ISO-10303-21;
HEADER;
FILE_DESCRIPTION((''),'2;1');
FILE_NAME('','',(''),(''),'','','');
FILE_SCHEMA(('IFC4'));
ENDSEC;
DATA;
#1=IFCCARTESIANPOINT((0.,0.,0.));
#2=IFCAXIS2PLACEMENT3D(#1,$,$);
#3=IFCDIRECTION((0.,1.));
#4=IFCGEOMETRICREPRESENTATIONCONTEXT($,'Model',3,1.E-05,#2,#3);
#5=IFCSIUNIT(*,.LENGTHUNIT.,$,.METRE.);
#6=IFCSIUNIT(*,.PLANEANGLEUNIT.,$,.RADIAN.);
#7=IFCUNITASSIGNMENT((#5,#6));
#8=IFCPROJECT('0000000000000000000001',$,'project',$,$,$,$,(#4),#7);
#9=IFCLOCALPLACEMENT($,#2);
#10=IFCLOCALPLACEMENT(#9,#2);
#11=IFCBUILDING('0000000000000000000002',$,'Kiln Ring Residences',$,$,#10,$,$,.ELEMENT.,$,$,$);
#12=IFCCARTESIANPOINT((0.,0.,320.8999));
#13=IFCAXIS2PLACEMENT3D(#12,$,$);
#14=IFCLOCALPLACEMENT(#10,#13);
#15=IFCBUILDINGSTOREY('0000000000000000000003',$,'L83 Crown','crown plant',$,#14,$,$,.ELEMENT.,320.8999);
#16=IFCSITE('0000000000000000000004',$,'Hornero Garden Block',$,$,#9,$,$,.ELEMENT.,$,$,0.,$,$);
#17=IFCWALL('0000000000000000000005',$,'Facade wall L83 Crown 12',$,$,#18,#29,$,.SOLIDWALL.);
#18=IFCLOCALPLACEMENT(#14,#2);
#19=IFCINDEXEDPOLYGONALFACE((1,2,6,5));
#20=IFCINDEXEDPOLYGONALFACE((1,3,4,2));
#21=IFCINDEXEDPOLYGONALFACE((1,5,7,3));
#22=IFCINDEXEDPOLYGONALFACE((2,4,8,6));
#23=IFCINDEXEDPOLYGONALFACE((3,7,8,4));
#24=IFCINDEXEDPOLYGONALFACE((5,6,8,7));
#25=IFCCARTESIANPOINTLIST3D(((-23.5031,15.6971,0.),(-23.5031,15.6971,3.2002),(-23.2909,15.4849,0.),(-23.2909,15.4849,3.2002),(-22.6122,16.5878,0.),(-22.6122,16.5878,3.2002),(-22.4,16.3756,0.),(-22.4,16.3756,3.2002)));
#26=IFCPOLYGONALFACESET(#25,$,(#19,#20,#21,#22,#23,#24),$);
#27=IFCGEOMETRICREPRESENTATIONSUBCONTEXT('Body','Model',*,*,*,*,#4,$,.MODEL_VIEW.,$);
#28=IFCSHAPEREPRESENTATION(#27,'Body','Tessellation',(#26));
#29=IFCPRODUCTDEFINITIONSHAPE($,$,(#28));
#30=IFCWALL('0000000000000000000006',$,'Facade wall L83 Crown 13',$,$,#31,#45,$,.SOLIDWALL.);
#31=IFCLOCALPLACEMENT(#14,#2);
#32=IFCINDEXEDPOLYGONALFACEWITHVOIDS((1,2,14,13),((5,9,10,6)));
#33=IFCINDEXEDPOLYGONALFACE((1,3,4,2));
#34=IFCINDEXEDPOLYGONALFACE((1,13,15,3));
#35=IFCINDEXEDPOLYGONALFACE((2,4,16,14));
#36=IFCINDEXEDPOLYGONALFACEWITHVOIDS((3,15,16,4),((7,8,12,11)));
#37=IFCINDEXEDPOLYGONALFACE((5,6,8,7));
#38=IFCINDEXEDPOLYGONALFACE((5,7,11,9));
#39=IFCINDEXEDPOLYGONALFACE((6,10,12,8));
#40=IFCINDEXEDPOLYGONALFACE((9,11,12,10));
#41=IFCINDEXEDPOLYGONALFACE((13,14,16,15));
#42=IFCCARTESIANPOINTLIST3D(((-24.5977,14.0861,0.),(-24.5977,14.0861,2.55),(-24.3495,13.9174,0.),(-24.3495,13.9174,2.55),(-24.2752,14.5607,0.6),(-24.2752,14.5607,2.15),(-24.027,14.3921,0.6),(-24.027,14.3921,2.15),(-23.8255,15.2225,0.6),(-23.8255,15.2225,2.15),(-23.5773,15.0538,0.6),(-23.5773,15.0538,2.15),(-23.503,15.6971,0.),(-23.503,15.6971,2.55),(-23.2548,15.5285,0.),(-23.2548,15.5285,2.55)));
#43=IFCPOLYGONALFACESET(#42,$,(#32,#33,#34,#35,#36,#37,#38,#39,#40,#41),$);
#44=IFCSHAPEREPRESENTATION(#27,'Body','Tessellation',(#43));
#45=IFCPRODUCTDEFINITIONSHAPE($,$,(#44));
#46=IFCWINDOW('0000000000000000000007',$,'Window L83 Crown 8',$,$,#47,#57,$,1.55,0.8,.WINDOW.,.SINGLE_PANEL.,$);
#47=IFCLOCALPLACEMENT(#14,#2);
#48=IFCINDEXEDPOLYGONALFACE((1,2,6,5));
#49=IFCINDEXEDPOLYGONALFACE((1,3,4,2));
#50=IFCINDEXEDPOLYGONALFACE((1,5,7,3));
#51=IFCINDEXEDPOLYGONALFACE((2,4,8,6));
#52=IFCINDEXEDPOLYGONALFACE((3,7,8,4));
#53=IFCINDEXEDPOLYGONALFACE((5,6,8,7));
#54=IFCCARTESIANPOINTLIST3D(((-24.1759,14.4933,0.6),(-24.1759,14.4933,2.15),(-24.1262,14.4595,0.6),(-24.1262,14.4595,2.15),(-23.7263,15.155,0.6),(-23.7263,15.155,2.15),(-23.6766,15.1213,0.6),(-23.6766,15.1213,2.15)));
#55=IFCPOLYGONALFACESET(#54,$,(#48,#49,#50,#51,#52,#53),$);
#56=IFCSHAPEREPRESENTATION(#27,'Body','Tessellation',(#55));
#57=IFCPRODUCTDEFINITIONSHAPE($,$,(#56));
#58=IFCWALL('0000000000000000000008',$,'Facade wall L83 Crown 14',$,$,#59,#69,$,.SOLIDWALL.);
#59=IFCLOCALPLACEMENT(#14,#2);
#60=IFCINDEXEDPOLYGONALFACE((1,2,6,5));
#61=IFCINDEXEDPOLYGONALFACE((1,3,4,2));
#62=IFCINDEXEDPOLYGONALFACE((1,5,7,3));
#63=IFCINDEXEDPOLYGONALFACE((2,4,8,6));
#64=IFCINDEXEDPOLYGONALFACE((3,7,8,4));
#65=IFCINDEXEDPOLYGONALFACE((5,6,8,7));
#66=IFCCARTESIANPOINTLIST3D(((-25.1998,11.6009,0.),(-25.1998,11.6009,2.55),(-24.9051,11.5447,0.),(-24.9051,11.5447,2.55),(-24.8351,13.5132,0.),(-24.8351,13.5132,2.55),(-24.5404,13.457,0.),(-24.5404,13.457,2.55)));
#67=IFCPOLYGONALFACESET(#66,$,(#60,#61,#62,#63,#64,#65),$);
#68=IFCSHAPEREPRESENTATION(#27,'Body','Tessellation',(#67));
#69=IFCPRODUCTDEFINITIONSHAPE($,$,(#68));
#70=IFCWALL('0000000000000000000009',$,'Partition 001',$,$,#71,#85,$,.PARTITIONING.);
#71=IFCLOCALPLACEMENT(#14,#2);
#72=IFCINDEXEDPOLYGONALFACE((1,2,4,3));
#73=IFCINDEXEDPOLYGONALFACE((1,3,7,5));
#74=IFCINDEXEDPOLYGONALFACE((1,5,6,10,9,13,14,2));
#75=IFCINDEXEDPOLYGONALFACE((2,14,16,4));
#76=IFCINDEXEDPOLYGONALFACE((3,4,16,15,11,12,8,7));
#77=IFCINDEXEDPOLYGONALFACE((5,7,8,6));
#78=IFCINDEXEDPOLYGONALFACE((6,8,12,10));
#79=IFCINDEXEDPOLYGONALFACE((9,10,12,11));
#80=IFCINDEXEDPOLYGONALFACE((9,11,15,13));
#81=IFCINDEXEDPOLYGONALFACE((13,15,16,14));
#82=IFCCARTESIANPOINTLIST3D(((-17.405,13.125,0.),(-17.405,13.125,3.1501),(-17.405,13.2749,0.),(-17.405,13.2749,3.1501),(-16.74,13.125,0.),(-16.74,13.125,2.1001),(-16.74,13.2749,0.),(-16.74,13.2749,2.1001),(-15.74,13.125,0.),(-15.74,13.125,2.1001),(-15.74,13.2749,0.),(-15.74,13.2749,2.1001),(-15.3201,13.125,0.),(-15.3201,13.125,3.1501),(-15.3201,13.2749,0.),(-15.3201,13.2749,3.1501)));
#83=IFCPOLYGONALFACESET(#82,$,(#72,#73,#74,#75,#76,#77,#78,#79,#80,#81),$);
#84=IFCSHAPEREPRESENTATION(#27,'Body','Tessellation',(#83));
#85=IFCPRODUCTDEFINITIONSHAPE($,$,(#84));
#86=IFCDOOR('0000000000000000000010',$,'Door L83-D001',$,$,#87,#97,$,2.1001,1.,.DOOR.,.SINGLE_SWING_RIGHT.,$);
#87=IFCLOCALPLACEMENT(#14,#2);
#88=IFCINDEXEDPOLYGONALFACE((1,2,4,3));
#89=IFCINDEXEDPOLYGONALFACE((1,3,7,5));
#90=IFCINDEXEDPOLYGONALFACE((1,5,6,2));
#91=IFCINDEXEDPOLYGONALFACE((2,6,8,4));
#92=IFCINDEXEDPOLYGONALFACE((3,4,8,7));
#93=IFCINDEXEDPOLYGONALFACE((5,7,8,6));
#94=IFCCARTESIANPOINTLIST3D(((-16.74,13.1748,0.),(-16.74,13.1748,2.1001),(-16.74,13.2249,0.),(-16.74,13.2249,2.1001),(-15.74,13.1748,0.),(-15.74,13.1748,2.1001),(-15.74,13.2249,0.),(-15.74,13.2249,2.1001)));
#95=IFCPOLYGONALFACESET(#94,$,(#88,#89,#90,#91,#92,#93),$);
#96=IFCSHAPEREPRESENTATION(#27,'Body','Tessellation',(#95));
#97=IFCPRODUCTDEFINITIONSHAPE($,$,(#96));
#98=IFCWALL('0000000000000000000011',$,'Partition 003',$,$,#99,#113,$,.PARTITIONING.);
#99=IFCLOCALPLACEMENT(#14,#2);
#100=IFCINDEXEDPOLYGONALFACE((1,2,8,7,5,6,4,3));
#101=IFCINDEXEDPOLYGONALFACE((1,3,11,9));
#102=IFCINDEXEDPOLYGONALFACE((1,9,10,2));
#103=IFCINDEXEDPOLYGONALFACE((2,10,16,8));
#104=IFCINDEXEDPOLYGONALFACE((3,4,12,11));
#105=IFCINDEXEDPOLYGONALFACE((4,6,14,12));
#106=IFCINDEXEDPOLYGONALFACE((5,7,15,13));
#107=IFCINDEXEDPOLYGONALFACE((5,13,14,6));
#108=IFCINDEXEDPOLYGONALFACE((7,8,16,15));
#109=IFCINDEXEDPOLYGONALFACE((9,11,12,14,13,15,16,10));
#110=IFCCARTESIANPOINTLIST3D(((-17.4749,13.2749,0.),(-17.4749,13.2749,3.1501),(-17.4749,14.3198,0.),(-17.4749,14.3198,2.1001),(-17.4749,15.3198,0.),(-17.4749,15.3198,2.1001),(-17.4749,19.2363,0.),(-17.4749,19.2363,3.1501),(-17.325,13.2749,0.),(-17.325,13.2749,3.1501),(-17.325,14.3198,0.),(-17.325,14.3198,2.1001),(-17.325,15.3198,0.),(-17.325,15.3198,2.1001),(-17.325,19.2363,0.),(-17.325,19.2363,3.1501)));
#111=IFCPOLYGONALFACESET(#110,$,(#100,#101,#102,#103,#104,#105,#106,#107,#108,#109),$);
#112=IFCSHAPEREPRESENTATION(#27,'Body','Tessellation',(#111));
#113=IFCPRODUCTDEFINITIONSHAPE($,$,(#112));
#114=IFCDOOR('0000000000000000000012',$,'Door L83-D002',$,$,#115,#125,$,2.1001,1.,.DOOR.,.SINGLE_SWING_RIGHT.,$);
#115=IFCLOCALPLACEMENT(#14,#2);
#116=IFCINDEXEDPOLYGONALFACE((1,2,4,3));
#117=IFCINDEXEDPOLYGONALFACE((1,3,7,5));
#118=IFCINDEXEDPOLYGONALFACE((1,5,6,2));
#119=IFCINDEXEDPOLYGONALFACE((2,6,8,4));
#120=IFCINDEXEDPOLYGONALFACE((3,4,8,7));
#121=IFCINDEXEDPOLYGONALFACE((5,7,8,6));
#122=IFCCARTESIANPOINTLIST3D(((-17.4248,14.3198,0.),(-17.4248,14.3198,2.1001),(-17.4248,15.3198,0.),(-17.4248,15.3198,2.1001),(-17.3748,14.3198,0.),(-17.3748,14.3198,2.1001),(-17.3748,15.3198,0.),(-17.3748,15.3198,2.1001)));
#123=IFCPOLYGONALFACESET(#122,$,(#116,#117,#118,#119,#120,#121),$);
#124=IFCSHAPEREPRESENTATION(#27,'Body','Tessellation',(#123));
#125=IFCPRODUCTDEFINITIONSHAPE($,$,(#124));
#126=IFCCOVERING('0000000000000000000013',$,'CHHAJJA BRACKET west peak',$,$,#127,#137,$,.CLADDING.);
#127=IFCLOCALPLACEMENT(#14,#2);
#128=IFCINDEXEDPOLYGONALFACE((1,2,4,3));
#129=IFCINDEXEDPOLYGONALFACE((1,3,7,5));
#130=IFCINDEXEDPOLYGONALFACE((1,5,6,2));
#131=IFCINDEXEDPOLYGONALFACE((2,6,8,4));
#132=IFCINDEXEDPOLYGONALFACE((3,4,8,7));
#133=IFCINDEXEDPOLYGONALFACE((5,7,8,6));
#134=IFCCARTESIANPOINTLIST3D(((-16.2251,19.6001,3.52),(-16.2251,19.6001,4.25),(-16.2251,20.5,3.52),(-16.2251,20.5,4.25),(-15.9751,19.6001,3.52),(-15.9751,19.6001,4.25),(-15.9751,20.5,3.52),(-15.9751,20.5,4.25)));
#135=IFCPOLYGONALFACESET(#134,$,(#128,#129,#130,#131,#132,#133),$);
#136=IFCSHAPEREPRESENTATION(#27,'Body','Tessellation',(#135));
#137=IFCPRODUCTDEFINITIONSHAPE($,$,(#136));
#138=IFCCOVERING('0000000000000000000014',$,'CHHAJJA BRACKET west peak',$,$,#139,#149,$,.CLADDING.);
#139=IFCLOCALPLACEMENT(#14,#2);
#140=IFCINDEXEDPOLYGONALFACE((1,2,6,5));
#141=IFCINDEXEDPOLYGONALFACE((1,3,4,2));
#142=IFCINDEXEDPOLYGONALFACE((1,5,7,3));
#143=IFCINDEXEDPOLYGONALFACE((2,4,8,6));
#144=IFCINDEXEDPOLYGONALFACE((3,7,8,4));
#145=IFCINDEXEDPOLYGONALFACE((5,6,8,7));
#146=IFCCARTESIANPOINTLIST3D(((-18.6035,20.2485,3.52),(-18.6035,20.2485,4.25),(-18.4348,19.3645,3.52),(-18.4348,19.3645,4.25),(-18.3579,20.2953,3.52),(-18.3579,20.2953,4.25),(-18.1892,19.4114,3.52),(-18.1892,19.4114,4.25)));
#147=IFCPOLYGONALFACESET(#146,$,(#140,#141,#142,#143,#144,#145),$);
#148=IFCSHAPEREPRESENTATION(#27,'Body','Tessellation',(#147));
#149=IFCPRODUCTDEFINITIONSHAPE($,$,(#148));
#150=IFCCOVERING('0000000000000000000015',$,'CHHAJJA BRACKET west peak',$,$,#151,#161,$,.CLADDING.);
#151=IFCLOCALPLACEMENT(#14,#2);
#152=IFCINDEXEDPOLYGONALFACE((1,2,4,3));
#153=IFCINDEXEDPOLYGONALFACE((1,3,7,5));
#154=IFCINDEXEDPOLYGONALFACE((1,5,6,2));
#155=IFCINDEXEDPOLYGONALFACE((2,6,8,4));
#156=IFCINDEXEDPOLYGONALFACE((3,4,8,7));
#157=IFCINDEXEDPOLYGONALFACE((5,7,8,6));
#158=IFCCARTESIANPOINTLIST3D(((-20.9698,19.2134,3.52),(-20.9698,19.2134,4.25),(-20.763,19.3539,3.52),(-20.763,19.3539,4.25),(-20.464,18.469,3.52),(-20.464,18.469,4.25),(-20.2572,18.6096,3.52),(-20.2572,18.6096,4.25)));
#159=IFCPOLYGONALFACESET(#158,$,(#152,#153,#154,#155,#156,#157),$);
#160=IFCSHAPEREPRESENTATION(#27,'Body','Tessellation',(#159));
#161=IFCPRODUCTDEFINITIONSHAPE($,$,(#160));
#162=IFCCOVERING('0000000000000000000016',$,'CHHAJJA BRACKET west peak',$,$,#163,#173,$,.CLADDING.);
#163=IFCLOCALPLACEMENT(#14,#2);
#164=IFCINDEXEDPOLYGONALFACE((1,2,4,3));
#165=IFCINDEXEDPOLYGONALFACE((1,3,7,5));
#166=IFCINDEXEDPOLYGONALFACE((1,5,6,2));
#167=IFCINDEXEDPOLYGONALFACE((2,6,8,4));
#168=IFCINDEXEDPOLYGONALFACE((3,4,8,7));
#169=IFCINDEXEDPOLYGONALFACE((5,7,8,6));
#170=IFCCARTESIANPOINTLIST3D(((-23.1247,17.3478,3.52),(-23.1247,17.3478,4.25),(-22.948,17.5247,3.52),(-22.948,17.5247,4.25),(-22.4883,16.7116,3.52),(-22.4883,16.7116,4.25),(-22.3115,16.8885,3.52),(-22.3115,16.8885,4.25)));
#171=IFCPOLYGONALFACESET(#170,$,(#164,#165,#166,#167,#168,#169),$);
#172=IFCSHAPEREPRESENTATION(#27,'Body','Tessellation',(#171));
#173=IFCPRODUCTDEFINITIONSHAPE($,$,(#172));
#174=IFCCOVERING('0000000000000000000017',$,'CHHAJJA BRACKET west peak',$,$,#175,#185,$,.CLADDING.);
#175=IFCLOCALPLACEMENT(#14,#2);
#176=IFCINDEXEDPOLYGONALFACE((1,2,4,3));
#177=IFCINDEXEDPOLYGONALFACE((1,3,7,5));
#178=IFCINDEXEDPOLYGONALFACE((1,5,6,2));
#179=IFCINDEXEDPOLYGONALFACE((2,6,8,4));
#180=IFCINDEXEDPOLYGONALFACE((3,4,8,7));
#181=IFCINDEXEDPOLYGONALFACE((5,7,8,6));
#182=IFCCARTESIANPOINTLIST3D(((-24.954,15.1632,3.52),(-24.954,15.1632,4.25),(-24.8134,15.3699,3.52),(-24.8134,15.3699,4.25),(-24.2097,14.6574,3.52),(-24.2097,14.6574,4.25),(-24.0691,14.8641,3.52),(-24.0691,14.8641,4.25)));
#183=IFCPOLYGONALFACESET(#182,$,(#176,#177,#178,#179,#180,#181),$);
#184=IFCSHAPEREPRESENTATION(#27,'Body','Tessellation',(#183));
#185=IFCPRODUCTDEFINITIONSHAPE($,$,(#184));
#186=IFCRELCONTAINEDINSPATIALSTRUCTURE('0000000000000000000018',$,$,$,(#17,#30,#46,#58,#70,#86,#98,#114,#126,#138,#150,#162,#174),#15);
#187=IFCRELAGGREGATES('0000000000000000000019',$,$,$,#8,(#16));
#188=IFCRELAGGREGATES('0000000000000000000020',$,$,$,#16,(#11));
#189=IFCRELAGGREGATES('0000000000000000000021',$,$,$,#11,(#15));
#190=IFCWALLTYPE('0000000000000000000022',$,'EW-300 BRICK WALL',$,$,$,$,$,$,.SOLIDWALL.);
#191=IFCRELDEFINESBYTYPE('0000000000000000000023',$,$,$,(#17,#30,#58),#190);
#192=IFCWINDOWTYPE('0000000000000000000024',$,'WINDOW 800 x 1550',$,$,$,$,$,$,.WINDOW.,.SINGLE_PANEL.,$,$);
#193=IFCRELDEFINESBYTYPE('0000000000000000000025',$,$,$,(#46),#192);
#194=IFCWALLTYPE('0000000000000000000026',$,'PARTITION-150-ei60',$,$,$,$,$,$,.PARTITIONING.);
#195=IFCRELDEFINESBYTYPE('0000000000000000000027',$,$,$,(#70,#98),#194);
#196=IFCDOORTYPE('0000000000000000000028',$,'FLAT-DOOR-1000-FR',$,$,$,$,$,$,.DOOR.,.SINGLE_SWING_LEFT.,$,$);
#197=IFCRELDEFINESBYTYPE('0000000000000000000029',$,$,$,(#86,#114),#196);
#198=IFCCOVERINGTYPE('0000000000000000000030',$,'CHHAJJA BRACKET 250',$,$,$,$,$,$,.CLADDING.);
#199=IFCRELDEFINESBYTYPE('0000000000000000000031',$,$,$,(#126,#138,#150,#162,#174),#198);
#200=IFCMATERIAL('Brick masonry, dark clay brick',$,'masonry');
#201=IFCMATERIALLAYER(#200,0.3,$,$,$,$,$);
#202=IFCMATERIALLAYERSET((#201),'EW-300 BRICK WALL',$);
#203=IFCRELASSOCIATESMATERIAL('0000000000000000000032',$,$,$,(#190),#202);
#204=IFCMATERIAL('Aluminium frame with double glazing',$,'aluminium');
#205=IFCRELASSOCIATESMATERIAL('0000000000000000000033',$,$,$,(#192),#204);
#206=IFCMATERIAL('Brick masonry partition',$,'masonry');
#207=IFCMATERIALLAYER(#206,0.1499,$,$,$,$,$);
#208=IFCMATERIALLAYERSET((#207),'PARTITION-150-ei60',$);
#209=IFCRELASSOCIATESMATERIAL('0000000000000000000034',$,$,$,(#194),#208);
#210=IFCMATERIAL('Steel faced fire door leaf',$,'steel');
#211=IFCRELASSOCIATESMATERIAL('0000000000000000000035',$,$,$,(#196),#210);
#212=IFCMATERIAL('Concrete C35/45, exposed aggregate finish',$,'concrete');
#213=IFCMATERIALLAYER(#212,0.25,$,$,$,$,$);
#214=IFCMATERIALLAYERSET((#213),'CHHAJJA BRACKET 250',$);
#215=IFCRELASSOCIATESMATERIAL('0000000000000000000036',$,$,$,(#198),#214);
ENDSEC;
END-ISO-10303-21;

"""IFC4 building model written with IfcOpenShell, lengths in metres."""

from ifc_helpers import new_model, si_unit, direction, frame, frame_2d, origin, place, context, subcontext, project, spatial, polyline, rectangle, outline, extrude, material, layer, layer_set, type_object, element, fill, save


model = new_model("IFC4")

# Units and contexts
model_context = context("Model", 3, precision=1e-05, world=origin(), true_north=direction((0.0, 1.0)))
body_context = subcontext(model_context, "Body", "Model", "MODEL_VIEW")
ifc_project = project(units=[si_unit("LENGTHUNIT", "METRE"), si_unit("PLANEANGLEUNIT", "RADIAN")], contexts=[model_context])

# Site, building, storey
site_placement = place(None, origin())
site = spatial("IfcSite", under=ifc_project, at=site_placement, Name="Hornero Garden Block", CompositionType="ELEMENT", RefElevation=0.0)
building_placement = place(site_placement, origin())
building = spatial("IfcBuilding", under=site, at=building_placement, Name="Kiln Ring Residences", CompositionType="ELEMENT")
storey_placement = place(building_placement, frame((0.0, 0.0, 320.8999)))
storey = spatial("IfcBuildingStorey", under=building, at=storey_placement, Name="L83 Crown", Description="crown plant", CompositionType="ELEMENT", Elevation=320.8999)

# Shared definitions
ifc_material_1 = material(Name="Brick masonry, dark clay brick", Category="masonry")
ifc_layer_1 = layer(ifc_material_1, 0.3)
ifc_layer_set_1 = layer_set([ifc_layer_1], Name="EW-300 BRICK WALL")
wall_type_1 = type_object("IfcWallType", Name="EW-300 BRICK WALL", PredefinedType="SOLIDWALL", material=ifc_layer_set_1)
ifc_material_2 = material(Name="Aluminium frame with double glazing", Category="aluminium")
window_type = type_object("IfcWindowType", Name="WINDOW 800 x 1550", PartitioningType="SINGLE_PANEL", PredefinedType="WINDOW", material=ifc_material_2)

# Wall
for number, where, z_axis, x_axis, name in (
    (1, (-22.5061, 16.4817, 0.0), (0.0, 0.0, 1.0), (-0.707204, -0.70701, 0.0), "Facade wall L83 Crown 12"),
):
    element("IfcWall", number, at=place(storey_placement, frame(where, z_axis=z_axis, x_axis=x_axis)), inside=storey, type_object=wall_type_1, Name=name, PredefinedType="SOLIDWALL", context=body_context, shape_type="SweptSolid", body=[
        extrude(rectangle(XDim=1.2598, YDim=0.3, at=frame_2d((0.6299, 0.0))), origin(), (0.0, 0.0, 1.0), 3.2002),
    ])

# Wall, opening, window
wall_1_placement = place(storey_placement, frame((-23.3789, 15.6128, 0.0), z_axis=(0.0, 0.0, 1.0), x_axis=(-0.562025, -0.82712, 0.0)))
wall_1 = element("IfcWall", 2, at=wall_1_placement, inside=storey, type_object=wall_type_1, Name="Facade wall L83 Crown 13", PredefinedType="SOLIDWALL", context=body_context, shape_type="SweptSolid", body=[
    extrude(rectangle(XDim=1.9478, YDim=0.3, at=frame_2d((0.9739, 0.0))), origin(), (0.0, 0.0, 1.0), 2.55),
])
opening_1_placement = place(wall_1_placement, frame((0.574, 0.0, 0.6001)))
opening_1 = element("IfcOpeningElement", 3, at=opening_1_placement, cuts=wall_1, PredefinedType="OPENING", context=body_context, shape_type="SweptSolid", body=[
    extrude(rectangle(XDim=0.8, YDim=1.55, at=frame_2d((0.3999, 0.7749))), frame((0.0, 0.1599, 0.0), z_axis=(0.0, -1.0, 0.0), x_axis=(1.0, 0.0, 0.0)), (0.0, 0.0, 1.0), 0.3201),
])
window_1_placement = place(opening_1_placement, origin())
window_1 = element("IfcWindow", 4, at=window_1_placement, inside=storey, type_object=window_type, Name="Window L83 Crown 8", OverallHeight=1.55, OverallWidth=0.8, PartitioningType="SINGLE_PANEL", PredefinedType="WINDOW", context=body_context, shape_type="SweptSolid", body=[
    extrude(rectangle(XDim=0.8, YDim=1.55, at=frame_2d((0.3999, 0.7749))), frame((0.0, 0.03, 0.0), z_axis=(0.0, -1.0, 0.0), x_axis=(1.0, 0.0, 0.0)), (0.0, 0.0, 1.0), 0.0601),
])
fill(opening_1, window_1)

# Wall
wall_2_placement = place(storey_placement, frame((-24.6877, 13.4851, 0.0), z_axis=(0.0, 0.0, 1.0), x_axis=(-0.187354, -0.982292, 0.0)))
element("IfcWall", 5, at=wall_2_placement, inside=storey, type_object=wall_type_1, Name="Facade wall L83 Crown 14", PredefinedType="SOLIDWALL", context=body_context, shape_type="SweptSolid", body=[
    extrude(rectangle(XDim=1.9468, YDim=0.3, at=frame_2d((0.9734, 0.0))), origin(), (0.0, 0.0, 1.0), 2.55),
])

# Walls, openings, doors
ifc_material_3 = material(Name="Brick masonry partition", Category="masonry")
ifc_layer_2 = layer(ifc_material_3, 0.1499)
ifc_layer_set_2 = layer_set([ifc_layer_2], Name="PARTITION-150-ei60")
wall_type_2 = type_object("IfcWallType", Name="PARTITION-150-ei60", PredefinedType="PARTITIONING", material=ifc_layer_set_2)
wall_3_placement = place(storey_placement, frame((-17.405, 13.2, 0.0), z_axis=(0.0, 0.0, 1.0), x_axis=(1.0, 0.0, 0.0)))
wall_3 = element("IfcWall", 6, at=wall_3_placement, inside=storey, type_object=wall_type_2, Name="Partition 001", PredefinedType="PARTITIONING", context=body_context, shape_type="SweptSolid", body=[
    extrude(rectangle(XDim=2.085, YDim=0.1499, at=frame_2d((1.0425, 0.0))), origin(), (0.0, 0.0, 1.0), 3.1501),
])
opening_2_placement = place(wall_3_placement, frame((0.665, 0.0, 0.0)))
opening_2 = element("IfcOpeningElement", 7, at=opening_2_placement, cuts=wall_3, PredefinedType="OPENING", context=body_context, shape_type="SweptSolid", body=[
    extrude(rectangle(XDim=1.0, YDim=2.1001, at=frame_2d((0.5, 1.05))), frame((0.0, 0.085, 0.0), z_axis=(0.0, -1.0, 0.0), x_axis=(1.0, 0.0, 0.0)), (0.0, 0.0, 1.0), 0.1699),
])
ifc_material_4 = material(Name="Steel faced fire door leaf", Category="steel")
door_type = type_object("IfcDoorType", Name="FLAT-DOOR-1000-FR", OperationType="SINGLE_SWING_LEFT", PredefinedType="DOOR", material=ifc_material_4)
door_1_placement = place(opening_2_placement, origin())
door_1 = element("IfcDoor", 8, at=door_1_placement, inside=storey, type_object=door_type, Name="Door L83-D001", OperationType="SINGLE_SWING_RIGHT", OverallHeight=2.1001, OverallWidth=1.0, PredefinedType="DOOR", context=body_context, shape_type="SweptSolid", body=[
    extrude(rectangle(XDim=1.0, YDim=2.1001, at=frame_2d((0.5, 1.05))), frame((0.0, 0.0249, 0.0), z_axis=(0.0, -1.0, 0.0), x_axis=(1.0, 0.0, 0.0)), (0.0, 0.0, 1.0), 0.05),
])
fill(opening_2, door_1)
wall_4_placement = place(storey_placement, frame((-17.3999, 13.2749, 0.0), z_axis=(0.0, 0.0, 1.0), x_axis=(0.0, 1.0, 0.0)))
wall_4 = element("IfcWall", 9, at=wall_4_placement, inside=storey, type_object=wall_type_2, Name="Partition 003", PredefinedType="PARTITIONING", context=body_context, shape_type="SweptSolid", body=[
    extrude(rectangle(XDim=5.9614, YDim=0.1499, at=frame_2d((2.9807, 0.0))), origin(), (0.0, 0.0, 1.0), 3.1501),
])
opening_3_placement = place(wall_4_placement, frame((1.0449, 0.0, 0.0)))
opening_3 = element("IfcOpeningElement", 10, at=opening_3_placement, cuts=wall_4, PredefinedType="OPENING", context=body_context, shape_type="SweptSolid", body=[
    extrude(rectangle(XDim=1.0, YDim=2.1001, at=frame_2d((0.5, 1.05))), frame((0.0, 0.085, 0.0), z_axis=(0.0, -1.0, 0.0), x_axis=(1.0, 0.0, 0.0)), (0.0, 0.0, 1.0), 0.1699),
])
door_2_placement = place(opening_3_placement, origin())
door_2 = element("IfcDoor", 11, at=door_2_placement, inside=storey, type_object=door_type, Name="Door L83-D002", OperationType="SINGLE_SWING_RIGHT", OverallHeight=2.1001, OverallWidth=1.0, PredefinedType="DOOR", context=body_context, shape_type="SweptSolid", body=[
    extrude(rectangle(XDim=1.0, YDim=2.1001, at=frame_2d((0.5, 1.05))), frame((0.0, 0.0249, 0.0), z_axis=(0.0, -1.0, 0.0), x_axis=(1.0, 0.0, 0.0)), (0.0, 0.0, 1.0), 0.05),
])
fill(opening_3, door_2)

# Coverings
ifc_material_5 = material(Name="Concrete C35/45, exposed aggregate finish", Category="concrete")
ifc_layer_3 = layer(ifc_material_5, 0.25)
ifc_layer_set_3 = layer_set([ifc_layer_3], Name="CHHAJJA BRACKET 250")
covering_type = type_object("IfcCoveringType", Name="CHHAJJA BRACKET 250", PredefinedType="CLADDING", material=ifc_layer_set_3)
for number, where, z_axis, x_axis, name in (
    (12, (-16.1001, 19.6001, 3.52), (0.0, 0.0, 1.0), (0.0, 1.0, 0.0), "CHHAJJA BRACKET west peak"),
    (13, (-18.312, 19.3879, 3.52), (0.0, 0.0, 1.0), (-0.187449, 0.982274, 0.0), "CHHAJJA BRACKET west peak"),
    (14, (-20.3606, 18.5393, 3.52), (0.0, 0.0, 1.0), (-0.562065, 0.827093, 0.0), "CHHAJJA BRACKET west peak"),
    (15, (-22.3999, 16.8, 3.52), (0.0, 0.0, 1.0), (-0.707242, 0.706971, 0.0), "CHHAJJA BRACKET west peak"),
    (16, (-24.1394, 14.7607, 3.52), (0.0, 0.0, 1.0), (-0.827093, 0.562065, 0.0), "CHHAJJA BRACKET west peak"),
):
    element("IfcCovering", number, at=place(storey_placement, frame(where, z_axis=z_axis, x_axis=x_axis)), inside=storey, type_object=covering_type, Name=name, PredefinedType="CLADDING", context=body_context, shape_type="SweptSolid", body=[
        extrude(outline(polyline([(0.0, 0.0), (0.8999, 0.0), (0.8999, 0.73), (0.0, 0.73), (0.0, 0.0), (0.0, 0.0)])), frame((0.0, 0.125, 0.0), z_axis=(0.0, -1.0, 0.0), x_axis=(1.0, 0.0, 0.0)), (0.0, 0.0, 1.0), 0.25),
    ])

save(model, "model.ifc")
